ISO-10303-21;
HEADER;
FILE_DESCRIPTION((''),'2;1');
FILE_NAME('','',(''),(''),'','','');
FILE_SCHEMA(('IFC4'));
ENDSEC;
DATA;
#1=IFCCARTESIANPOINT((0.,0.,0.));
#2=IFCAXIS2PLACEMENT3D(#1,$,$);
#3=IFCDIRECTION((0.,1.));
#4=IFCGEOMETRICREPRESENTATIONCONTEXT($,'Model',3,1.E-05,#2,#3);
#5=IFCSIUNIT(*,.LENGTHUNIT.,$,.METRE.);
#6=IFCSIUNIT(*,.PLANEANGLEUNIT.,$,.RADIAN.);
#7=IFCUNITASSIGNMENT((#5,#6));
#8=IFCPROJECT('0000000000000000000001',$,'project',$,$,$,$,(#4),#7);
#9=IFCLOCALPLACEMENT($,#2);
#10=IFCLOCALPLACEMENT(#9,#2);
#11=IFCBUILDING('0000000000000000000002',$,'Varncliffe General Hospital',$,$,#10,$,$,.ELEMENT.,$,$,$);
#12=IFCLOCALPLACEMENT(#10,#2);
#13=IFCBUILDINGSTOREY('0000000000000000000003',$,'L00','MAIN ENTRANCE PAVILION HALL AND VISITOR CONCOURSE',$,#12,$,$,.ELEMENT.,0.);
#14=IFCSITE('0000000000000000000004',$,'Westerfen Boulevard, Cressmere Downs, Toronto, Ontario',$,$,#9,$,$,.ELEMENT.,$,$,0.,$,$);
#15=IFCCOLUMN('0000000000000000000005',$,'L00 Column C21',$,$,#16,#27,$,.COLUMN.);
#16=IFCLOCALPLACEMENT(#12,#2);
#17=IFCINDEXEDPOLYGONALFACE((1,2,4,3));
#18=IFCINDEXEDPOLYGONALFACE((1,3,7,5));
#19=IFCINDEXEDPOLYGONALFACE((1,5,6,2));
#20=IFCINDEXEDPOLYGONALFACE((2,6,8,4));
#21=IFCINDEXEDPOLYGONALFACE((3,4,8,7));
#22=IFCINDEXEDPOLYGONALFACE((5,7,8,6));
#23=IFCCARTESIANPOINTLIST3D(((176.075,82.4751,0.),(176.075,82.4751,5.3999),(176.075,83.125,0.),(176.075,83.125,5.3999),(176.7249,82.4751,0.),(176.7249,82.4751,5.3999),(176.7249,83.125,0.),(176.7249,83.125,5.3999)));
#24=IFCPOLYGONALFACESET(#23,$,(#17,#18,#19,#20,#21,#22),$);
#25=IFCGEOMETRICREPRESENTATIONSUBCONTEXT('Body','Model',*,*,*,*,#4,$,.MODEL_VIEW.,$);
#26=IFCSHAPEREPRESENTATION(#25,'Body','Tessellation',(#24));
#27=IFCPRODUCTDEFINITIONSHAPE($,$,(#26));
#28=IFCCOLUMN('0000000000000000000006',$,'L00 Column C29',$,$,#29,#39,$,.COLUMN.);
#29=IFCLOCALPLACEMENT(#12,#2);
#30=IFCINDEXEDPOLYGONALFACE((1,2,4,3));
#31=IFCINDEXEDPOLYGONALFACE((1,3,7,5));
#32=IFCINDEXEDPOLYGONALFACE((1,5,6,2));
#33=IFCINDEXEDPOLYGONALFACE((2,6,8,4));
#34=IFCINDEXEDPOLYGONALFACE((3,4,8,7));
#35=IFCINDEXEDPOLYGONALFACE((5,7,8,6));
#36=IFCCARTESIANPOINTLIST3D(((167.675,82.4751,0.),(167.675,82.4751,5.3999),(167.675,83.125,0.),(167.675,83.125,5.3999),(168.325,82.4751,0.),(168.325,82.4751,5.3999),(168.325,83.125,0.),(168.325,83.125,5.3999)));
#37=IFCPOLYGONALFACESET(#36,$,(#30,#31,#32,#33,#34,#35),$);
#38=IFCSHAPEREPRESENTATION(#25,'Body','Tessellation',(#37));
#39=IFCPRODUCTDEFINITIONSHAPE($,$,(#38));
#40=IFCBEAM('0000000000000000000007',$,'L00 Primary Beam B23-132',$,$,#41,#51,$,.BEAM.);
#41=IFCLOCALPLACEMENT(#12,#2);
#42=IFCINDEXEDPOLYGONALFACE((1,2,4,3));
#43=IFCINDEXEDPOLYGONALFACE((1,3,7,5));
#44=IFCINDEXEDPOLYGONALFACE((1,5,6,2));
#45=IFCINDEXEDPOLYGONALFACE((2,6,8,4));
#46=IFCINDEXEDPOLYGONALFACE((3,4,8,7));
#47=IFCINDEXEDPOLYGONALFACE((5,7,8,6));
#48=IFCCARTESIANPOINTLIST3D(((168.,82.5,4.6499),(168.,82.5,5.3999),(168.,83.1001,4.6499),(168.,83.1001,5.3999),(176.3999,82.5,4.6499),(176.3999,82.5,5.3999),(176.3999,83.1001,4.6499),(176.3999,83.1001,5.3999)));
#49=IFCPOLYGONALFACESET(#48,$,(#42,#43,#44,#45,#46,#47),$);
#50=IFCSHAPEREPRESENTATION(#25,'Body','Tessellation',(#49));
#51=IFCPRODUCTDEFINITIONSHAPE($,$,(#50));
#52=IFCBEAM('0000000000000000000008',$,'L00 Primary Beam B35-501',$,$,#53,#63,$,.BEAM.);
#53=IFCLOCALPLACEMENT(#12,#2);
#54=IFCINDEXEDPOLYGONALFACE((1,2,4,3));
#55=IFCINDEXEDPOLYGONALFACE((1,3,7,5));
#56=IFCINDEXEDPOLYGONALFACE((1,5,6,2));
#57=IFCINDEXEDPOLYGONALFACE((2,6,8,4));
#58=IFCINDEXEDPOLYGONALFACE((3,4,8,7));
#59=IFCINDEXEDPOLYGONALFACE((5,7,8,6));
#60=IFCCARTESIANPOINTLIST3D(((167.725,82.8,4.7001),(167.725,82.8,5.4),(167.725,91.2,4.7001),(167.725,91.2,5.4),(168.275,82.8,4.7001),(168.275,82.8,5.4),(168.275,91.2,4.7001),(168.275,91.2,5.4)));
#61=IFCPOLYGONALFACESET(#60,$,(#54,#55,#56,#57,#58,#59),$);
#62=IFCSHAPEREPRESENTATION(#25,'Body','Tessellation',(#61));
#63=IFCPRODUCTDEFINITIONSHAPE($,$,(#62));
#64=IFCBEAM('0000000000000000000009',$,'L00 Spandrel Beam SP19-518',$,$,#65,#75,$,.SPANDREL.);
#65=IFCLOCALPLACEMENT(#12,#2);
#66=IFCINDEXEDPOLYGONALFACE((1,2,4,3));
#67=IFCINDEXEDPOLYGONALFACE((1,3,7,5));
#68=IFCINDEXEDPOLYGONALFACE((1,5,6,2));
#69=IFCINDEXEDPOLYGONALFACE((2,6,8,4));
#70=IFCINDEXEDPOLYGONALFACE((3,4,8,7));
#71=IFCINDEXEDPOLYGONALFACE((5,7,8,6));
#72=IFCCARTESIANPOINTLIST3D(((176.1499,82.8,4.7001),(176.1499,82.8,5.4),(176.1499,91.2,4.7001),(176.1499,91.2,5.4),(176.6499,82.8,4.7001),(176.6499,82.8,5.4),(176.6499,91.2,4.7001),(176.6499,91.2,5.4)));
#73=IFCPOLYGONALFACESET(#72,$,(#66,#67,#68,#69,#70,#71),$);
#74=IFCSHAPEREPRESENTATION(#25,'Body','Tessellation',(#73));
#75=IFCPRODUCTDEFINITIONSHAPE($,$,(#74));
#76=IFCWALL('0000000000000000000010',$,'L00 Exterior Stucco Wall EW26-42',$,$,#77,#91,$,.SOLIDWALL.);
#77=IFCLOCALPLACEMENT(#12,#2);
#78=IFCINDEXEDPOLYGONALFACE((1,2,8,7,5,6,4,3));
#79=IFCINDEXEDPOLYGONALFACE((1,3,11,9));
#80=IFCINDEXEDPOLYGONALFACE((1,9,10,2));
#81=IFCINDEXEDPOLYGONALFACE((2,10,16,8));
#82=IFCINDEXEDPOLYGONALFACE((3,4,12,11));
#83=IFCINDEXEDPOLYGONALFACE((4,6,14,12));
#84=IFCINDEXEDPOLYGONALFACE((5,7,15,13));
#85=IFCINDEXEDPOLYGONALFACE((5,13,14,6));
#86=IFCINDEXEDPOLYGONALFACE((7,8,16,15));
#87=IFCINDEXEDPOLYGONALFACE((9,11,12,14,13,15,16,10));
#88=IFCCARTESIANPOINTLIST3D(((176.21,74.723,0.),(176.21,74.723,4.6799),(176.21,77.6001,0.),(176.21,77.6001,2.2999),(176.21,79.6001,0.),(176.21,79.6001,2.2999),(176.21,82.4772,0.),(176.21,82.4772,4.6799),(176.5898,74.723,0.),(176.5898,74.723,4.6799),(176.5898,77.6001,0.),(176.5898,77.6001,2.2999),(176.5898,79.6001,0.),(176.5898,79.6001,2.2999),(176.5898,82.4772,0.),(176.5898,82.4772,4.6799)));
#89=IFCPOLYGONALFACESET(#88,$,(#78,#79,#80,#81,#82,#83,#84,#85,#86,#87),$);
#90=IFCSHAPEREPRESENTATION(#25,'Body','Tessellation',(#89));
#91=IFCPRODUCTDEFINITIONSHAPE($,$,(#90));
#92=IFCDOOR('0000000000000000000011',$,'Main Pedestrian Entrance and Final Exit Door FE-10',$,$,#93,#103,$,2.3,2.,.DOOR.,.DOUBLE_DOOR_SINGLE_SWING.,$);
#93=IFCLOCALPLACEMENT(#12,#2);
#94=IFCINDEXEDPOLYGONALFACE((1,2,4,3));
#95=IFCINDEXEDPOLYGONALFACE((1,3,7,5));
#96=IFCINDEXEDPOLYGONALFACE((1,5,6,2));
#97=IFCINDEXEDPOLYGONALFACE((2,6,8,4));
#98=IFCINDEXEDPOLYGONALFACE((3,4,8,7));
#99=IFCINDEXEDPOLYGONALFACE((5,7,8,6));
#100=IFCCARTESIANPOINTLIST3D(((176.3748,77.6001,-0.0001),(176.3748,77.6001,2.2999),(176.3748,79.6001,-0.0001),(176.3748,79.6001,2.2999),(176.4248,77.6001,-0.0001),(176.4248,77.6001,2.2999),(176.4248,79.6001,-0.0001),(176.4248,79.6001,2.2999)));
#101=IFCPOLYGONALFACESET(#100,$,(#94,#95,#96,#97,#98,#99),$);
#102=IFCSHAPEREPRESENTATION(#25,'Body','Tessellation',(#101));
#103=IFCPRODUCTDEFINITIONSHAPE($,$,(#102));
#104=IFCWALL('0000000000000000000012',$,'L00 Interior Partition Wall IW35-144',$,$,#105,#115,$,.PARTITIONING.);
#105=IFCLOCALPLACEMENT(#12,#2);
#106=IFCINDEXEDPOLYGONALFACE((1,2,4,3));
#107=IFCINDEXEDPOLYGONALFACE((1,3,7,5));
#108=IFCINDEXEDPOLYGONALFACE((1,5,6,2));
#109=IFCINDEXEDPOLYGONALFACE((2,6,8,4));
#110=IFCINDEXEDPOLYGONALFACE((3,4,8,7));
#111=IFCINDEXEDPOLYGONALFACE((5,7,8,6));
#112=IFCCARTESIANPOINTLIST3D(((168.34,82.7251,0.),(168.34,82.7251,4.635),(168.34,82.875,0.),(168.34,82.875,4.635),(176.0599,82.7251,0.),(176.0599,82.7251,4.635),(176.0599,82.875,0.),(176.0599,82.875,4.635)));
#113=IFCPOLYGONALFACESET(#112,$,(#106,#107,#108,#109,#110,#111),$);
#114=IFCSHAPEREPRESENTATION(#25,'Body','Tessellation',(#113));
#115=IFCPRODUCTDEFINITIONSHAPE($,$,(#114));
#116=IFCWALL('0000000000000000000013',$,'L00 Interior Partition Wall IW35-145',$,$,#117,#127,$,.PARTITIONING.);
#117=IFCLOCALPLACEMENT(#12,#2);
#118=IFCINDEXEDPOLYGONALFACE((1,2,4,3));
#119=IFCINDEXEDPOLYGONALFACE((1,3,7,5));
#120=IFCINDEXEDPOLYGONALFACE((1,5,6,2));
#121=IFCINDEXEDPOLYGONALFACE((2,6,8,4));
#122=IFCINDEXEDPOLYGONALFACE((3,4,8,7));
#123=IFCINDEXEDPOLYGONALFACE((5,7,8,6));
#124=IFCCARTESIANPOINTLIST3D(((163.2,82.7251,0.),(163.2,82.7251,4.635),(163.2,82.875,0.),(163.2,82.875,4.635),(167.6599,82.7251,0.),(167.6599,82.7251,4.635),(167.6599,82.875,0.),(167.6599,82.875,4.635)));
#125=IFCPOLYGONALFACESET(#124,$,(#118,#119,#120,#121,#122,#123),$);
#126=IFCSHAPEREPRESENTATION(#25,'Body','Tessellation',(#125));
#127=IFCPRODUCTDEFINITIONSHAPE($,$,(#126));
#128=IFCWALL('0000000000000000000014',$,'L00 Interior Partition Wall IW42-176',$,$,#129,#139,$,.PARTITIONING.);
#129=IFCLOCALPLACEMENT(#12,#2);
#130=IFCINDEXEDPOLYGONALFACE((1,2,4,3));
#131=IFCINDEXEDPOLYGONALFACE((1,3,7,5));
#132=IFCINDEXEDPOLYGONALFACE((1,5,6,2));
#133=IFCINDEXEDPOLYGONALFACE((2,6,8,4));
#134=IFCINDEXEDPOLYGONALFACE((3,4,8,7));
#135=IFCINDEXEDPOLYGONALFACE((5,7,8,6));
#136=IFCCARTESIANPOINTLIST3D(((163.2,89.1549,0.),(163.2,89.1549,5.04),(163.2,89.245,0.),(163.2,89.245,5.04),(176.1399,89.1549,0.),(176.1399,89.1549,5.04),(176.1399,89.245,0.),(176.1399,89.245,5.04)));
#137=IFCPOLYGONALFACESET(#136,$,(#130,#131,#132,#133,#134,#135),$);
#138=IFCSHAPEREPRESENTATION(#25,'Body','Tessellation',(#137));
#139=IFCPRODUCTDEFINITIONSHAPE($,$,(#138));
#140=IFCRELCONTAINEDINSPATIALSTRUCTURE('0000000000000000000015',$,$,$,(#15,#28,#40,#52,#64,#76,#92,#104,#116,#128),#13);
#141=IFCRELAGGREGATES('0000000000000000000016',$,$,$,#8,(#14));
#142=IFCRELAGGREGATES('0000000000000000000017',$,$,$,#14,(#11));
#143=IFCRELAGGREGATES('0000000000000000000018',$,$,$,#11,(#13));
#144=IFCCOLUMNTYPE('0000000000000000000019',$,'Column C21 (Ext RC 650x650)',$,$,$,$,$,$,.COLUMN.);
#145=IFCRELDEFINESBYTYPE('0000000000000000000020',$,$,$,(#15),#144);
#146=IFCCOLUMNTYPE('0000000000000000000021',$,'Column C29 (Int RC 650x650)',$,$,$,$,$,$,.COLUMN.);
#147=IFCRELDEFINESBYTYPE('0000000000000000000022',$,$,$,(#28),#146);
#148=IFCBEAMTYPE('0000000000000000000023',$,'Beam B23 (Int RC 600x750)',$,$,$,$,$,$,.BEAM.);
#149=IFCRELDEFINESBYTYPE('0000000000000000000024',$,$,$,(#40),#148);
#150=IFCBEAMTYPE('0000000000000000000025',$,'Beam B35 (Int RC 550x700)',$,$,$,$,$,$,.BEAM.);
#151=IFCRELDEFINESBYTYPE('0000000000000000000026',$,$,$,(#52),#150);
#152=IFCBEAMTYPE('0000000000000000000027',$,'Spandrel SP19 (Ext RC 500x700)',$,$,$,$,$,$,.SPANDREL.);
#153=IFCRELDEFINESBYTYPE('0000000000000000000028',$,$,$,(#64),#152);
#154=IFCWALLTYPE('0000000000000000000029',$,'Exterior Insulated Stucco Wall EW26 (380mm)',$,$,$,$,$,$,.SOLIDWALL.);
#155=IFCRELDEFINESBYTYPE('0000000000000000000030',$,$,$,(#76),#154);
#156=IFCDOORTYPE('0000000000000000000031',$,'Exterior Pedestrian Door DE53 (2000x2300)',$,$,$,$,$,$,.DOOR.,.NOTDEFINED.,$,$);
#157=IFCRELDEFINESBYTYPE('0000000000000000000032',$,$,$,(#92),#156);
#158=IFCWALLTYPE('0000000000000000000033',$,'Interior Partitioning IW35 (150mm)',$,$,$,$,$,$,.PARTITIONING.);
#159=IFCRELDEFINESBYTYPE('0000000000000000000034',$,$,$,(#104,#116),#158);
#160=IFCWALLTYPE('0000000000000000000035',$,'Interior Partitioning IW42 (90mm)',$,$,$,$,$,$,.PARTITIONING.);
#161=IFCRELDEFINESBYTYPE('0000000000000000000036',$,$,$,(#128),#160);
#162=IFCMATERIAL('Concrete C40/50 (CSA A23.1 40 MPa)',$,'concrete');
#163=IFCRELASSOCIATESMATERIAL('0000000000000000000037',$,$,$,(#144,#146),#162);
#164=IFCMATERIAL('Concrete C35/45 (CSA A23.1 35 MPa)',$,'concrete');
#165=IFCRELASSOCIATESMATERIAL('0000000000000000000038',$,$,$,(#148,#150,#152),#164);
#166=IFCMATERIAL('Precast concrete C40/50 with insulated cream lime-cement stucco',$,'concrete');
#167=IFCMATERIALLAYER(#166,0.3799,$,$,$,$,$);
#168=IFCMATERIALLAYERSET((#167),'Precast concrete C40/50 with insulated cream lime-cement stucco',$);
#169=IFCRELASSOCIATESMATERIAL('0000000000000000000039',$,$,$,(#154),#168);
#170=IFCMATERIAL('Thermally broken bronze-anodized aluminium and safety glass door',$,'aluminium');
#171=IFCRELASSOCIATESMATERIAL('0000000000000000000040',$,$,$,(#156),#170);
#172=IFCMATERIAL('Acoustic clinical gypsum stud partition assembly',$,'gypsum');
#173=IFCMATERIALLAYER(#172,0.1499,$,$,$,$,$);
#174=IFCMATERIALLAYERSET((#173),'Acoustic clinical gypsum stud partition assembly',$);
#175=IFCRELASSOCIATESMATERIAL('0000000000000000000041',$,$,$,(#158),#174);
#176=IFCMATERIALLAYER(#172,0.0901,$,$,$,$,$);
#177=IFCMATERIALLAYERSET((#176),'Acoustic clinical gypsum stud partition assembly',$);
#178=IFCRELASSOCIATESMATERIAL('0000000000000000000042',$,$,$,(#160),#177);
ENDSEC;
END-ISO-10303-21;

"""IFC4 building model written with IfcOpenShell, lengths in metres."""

from ifc_helpers import new_model, si_unit, direction, frame, frame_2d, origin, origin_2d, place, context, subcontext, project, spatial, rectangle, extrude, material, layer, layer_set, material_profile, profile_set, type_object, element, fill, save


model = new_model("IFC4")

# Units and contexts
model_context = context("Model", 3, precision=1e-05, world=origin(), true_north=direction((0.0, 1.0)))
body_context = subcontext(model_context, "Body", "Model", "MODEL_VIEW")
ifc_project = project(units=[si_unit("LENGTHUNIT", "METRE"), si_unit("PLANEANGLEUNIT", "RADIAN")], contexts=[model_context])

# Site, building, storey
site_placement = place(None, origin())
site = spatial("IfcSite", under=ifc_project, at=site_placement, Name="Westerfen Boulevard, Cressmere Downs, Toronto, Ontario", CompositionType="ELEMENT", RefElevation=0.0)
building_placement = place(site_placement, origin())
building = spatial("IfcBuilding", under=site, at=building_placement, Name="Varncliffe General Hospital", CompositionType="ELEMENT")
storey_placement = place(building_placement, origin())
storey = spatial("IfcBuildingStorey", under=building, at=storey_placement, Name="L00", Description="MAIN ENTRANCE PAVILION HALL AND VISITOR CONCOURSE", CompositionType="ELEMENT", Elevation=0.0)

# Columns
ifc_material_1 = material(Name="Concrete C40/50 (CSA A23.1 40 MPa)", Category="concrete")
ifc_material_profile_1 = material_profile(ifc_material_1, rectangle(XDim=0.6499, YDim=0.6499, at=origin_2d()), Name="RC 650x650")
ifc_profile_set_1 = profile_set([ifc_material_profile_1], Name="Concrete C40/50 (CSA A23.1 40 MPa)")
column_type_1 = type_object("IfcColumnType", Name="Column C21 (Ext RC 650x650)", PredefinedType="COLUMN", material=ifc_profile_set_1)
column_1_placement = place(storey_placement, frame((176.3999, 82.8, 0.0), z_axis=(0.0, 0.0, 1.0), x_axis=(1.0, 0.0, 0.0)))
element("IfcColumn", 1, at=column_1_placement, inside=storey, type_object=column_type_1, Name="L00 Column C21", PredefinedType="COLUMN", context=body_context, shape_type="SweptSolid", body=[
    extrude(rectangle(XDim=0.6499, YDim=0.6499, at=origin_2d()), origin(), (0.0, 0.0, 1.0), 5.3999),
])
ifc_material_profile_2 = material_profile(ifc_material_1, rectangle(XDim=0.6499, YDim=0.6499, at=origin_2d()), Name="RC 650x650")
ifc_profile_set_2 = profile_set([ifc_material_profile_2], Name="Concrete C40/50 (CSA A23.1 40 MPa)")
column_type_2 = type_object("IfcColumnType", Name="Column C29 (Int RC 650x650)", PredefinedType="COLUMN", material=ifc_profile_set_2)
column_2_placement = place(storey_placement, frame((168.0, 82.8, 0.0), z_axis=(0.0, 0.0, 1.0), x_axis=(1.0, 0.0, 0.0)))
element("IfcColumn", 2, at=column_2_placement, inside=storey, type_object=column_type_2, Name="L00 Column C29", PredefinedType="COLUMN", context=body_context, shape_type="SweptSolid", body=[
    extrude(rectangle(XDim=0.6499, YDim=0.6499, at=origin_2d()), origin(), (0.0, 0.0, 1.0), 5.3999),
])

# Beams
ifc_material_2 = material(Name="Concrete C35/45 (CSA A23.1 35 MPa)", Category="concrete")
ifc_material_profile_3 = material_profile(ifc_material_2, rectangle(XDim=0.6001, YDim=0.75, at=origin_2d()), Name="RC 600x750")
ifc_profile_set_3 = profile_set([ifc_material_profile_3], Name="Concrete C35/45 (CSA A23.1 35 MPa)")
beam_type_1 = type_object("IfcBeamType", Name="Beam B23 (Int RC 600x750)", PredefinedType="BEAM", material=ifc_profile_set_3)
beam_1_placement = place(storey_placement, frame((168.0, 82.8, 5.0249), z_axis=(1.0, 0.0, 0.0), x_axis=(0.0, 1.0, 0.0)))
element("IfcBeam", 3, at=beam_1_placement, inside=storey, type_object=beam_type_1, Name="L00 Primary Beam B23-132", PredefinedType="BEAM", context=body_context, shape_type="SweptSolid", body=[
    extrude(rectangle(XDim=0.6001, YDim=0.75, at=origin_2d()), origin(), (0.0, 0.0, 1.0), 8.3999),
])
ifc_material_profile_4 = material_profile(ifc_material_2, rectangle(XDim=0.55, YDim=0.7, at=origin_2d()), Name="RC 550x700")
ifc_profile_set_4 = profile_set([ifc_material_profile_4], Name="Concrete C35/45 (CSA A23.1 35 MPa)")
beam_type_2 = type_object("IfcBeamType", Name="Beam B35 (Int RC 550x700)", PredefinedType="BEAM", material=ifc_profile_set_4)
beam_2_placement = place(storey_placement, frame((168.0, 82.8, 5.05), z_axis=(0.0, 1.0, 0.0), x_axis=(-1.0, 0.0, 0.0)))
element("IfcBeam", 4, at=beam_2_placement, inside=storey, type_object=beam_type_2, Name="L00 Primary Beam B35-501", PredefinedType="BEAM", context=body_context, shape_type="SweptSolid", body=[
    extrude(rectangle(XDim=0.55, YDim=0.7, at=origin_2d()), origin(), (0.0, 0.0, 1.0), 8.3999),
])
ifc_material_profile_5 = material_profile(ifc_material_2, rectangle(XDim=0.5, YDim=0.7, at=origin_2d()), Name="RC 500x700")
ifc_profile_set_5 = profile_set([ifc_material_profile_5], Name="Concrete C35/45 (CSA A23.1 35 MPa)")
beam_type_3 = type_object("IfcBeamType", Name="Spandrel SP19 (Ext RC 500x700)", PredefinedType="SPANDREL", material=ifc_profile_set_5)
beam_3_placement = place(storey_placement, frame((176.3999, 82.8, 5.05), z_axis=(0.0, 1.0, 0.0), x_axis=(-1.0, 0.0, 0.0)))
element("IfcBeam", 5, at=beam_3_placement, inside=storey, type_object=beam_type_3, Name="L00 Spandrel Beam SP19-518", PredefinedType="SPANDREL", context=body_context, shape_type="SweptSolid", body=[
    extrude(rectangle(XDim=0.5, YDim=0.7, at=origin_2d()), origin(), (0.0, 0.0, 1.0), 8.3999),
])

# Wall, opening, door
ifc_material_3 = material(Name="Precast concrete C40/50 with insulated cream lime-cement stucco", Category="concrete")
ifc_layer_1 = layer(ifc_material_3, 0.3799)
ifc_layer_set_1 = layer_set([ifc_layer_1], Name="Precast concrete C40/50 with insulated cream lime-cement stucco")
wall_type_1 = type_object("IfcWallType", Name="Exterior Insulated Stucco Wall EW26 (380mm)", PredefinedType="SOLIDWALL", material=ifc_layer_set_1)
wall_1_placement = place(storey_placement, frame((176.3999, 82.4771, 0.0), z_axis=(0.0, 0.0, 1.0), x_axis=(0.0, -1.0, 0.0)))
wall_1 = element("IfcWall", 6, at=wall_1_placement, inside=storey, type_object=wall_type_1, Name="L00 Exterior Stucco Wall EW26-42", PredefinedType="SOLIDWALL", context=body_context, shape_type="SweptSolid", body=[
    extrude(rectangle(XDim=7.7542, YDim=0.3799, at=frame_2d((3.877, 0.0))), origin(), (0.0, 0.0, 1.0), 4.6799),
])
opening_1_placement = place(wall_1_placement, frame((2.877, 0.0, 0.0)))
opening_1 = element("IfcOpeningElement", 7, at=opening_1_placement, cuts=wall_1, PredefinedType="OPENING", context=body_context, shape_type="SweptSolid", body=[
    extrude(rectangle(XDim=2.0, YDim=2.3, at=frame_2d((1.0, 1.1499))), frame((0.0, 0.2, 0.0), z_axis=(0.0, -1.0, 0.0), x_axis=(1.0, 0.0, 0.0)), (0.0, 0.0, 1.0), 0.3999),
])
ifc_material_4 = material(Name="Thermally broken bronze-anodized aluminium and safety glass door", Category="aluminium")
door_type_1 = type_object("IfcDoorType", Name="Exterior Pedestrian Door DE53 (2000x2300)", OperationType="NOTDEFINED", PredefinedType="DOOR", material=ifc_material_4)
door_1_placement = place(opening_1_placement, origin())
door_1 = element("IfcDoor", 8, at=door_1_placement, inside=storey, type_object=door_type_1, Name="Main Pedestrian Entrance and Final Exit Door FE-10", OperationType="DOUBLE_DOOR_SINGLE_SWING", OverallHeight=2.3, OverallWidth=2.0, PredefinedType="DOOR", context=body_context, shape_type="SweptSolid", body=[
    extrude(rectangle(XDim=2.0, YDim=2.3, at=frame_2d((1.0, 1.1499))), frame((0.0, 0.0249, 0.0), z_axis=(0.0, -1.0, 0.0), x_axis=(1.0, 0.0, 0.0)), (0.0, 0.0, 1.0), 0.05),
])
fill(opening_1, door_1)

# Walls
ifc_material_5 = material(Name="Acoustic clinical gypsum stud partition assembly", Category="gypsum")
ifc_layer_2 = layer(ifc_material_5, 0.1499)
ifc_layer_set_2 = layer_set([ifc_layer_2], Name="Acoustic clinical gypsum stud partition assembly")
wall_type_2 = type_object("IfcWallType", Name="Interior Partitioning IW35 (150mm)", PredefinedType="PARTITIONING", material=ifc_layer_set_2)
wall_2_placement = place(storey_placement, frame((168.3401, 82.8, 0.0), z_axis=(0.0, 0.0, 1.0), x_axis=(1.0, 0.0, 0.0)))
element("IfcWall", 9, at=wall_2_placement, inside=storey, type_object=wall_type_2, Name="L00 Interior Partition Wall IW35-144", PredefinedType="PARTITIONING", context=body_context, shape_type="SweptSolid", body=[
    extrude(rectangle(XDim=7.72, YDim=0.1499, at=frame_2d((3.8599, 0.0))), origin(), (0.0, 0.0, 1.0), 4.635),
])
wall_3_placement = place(storey_placement, frame((163.2, 82.8, 0.0), z_axis=(0.0, 0.0, 1.0), x_axis=(1.0, 0.0, 0.0)))
element("IfcWall", 10, at=wall_3_placement, inside=storey, type_object=wall_type_2, Name="L00 Interior Partition Wall IW35-145", PredefinedType="PARTITIONING", context=body_context, shape_type="SweptSolid", body=[
    extrude(rectangle(XDim=4.46, YDim=0.1499, at=frame_2d((2.23, 0.0))), origin(), (0.0, 0.0, 1.0), 4.635),
])
ifc_layer_3 = layer(ifc_material_5, 0.0901)
ifc_layer_set_3 = layer_set([ifc_layer_3], Name="Acoustic clinical gypsum stud partition assembly")
wall_type_3 = type_object("IfcWallType", Name="Interior Partitioning IW42 (90mm)", PredefinedType="PARTITIONING", material=ifc_layer_set_3)
wall_4_placement = place(storey_placement, frame((163.2, 89.2, 0.0), z_axis=(0.0, 0.0, 1.0), x_axis=(1.0, 0.0, 0.0)))
element("IfcWall", 11, at=wall_4_placement, inside=storey, type_object=wall_type_3, Name="L00 Interior Partition Wall IW42-176", PredefinedType="PARTITIONING", context=body_context, shape_type="SweptSolid", body=[
    extrude(rectangle(XDim=12.9399, YDim=0.0901, at=frame_2d((6.47, 0.0))), origin(), (0.0, 0.0, 1.0), 5.04),
])

save(model, "model.ifc")
